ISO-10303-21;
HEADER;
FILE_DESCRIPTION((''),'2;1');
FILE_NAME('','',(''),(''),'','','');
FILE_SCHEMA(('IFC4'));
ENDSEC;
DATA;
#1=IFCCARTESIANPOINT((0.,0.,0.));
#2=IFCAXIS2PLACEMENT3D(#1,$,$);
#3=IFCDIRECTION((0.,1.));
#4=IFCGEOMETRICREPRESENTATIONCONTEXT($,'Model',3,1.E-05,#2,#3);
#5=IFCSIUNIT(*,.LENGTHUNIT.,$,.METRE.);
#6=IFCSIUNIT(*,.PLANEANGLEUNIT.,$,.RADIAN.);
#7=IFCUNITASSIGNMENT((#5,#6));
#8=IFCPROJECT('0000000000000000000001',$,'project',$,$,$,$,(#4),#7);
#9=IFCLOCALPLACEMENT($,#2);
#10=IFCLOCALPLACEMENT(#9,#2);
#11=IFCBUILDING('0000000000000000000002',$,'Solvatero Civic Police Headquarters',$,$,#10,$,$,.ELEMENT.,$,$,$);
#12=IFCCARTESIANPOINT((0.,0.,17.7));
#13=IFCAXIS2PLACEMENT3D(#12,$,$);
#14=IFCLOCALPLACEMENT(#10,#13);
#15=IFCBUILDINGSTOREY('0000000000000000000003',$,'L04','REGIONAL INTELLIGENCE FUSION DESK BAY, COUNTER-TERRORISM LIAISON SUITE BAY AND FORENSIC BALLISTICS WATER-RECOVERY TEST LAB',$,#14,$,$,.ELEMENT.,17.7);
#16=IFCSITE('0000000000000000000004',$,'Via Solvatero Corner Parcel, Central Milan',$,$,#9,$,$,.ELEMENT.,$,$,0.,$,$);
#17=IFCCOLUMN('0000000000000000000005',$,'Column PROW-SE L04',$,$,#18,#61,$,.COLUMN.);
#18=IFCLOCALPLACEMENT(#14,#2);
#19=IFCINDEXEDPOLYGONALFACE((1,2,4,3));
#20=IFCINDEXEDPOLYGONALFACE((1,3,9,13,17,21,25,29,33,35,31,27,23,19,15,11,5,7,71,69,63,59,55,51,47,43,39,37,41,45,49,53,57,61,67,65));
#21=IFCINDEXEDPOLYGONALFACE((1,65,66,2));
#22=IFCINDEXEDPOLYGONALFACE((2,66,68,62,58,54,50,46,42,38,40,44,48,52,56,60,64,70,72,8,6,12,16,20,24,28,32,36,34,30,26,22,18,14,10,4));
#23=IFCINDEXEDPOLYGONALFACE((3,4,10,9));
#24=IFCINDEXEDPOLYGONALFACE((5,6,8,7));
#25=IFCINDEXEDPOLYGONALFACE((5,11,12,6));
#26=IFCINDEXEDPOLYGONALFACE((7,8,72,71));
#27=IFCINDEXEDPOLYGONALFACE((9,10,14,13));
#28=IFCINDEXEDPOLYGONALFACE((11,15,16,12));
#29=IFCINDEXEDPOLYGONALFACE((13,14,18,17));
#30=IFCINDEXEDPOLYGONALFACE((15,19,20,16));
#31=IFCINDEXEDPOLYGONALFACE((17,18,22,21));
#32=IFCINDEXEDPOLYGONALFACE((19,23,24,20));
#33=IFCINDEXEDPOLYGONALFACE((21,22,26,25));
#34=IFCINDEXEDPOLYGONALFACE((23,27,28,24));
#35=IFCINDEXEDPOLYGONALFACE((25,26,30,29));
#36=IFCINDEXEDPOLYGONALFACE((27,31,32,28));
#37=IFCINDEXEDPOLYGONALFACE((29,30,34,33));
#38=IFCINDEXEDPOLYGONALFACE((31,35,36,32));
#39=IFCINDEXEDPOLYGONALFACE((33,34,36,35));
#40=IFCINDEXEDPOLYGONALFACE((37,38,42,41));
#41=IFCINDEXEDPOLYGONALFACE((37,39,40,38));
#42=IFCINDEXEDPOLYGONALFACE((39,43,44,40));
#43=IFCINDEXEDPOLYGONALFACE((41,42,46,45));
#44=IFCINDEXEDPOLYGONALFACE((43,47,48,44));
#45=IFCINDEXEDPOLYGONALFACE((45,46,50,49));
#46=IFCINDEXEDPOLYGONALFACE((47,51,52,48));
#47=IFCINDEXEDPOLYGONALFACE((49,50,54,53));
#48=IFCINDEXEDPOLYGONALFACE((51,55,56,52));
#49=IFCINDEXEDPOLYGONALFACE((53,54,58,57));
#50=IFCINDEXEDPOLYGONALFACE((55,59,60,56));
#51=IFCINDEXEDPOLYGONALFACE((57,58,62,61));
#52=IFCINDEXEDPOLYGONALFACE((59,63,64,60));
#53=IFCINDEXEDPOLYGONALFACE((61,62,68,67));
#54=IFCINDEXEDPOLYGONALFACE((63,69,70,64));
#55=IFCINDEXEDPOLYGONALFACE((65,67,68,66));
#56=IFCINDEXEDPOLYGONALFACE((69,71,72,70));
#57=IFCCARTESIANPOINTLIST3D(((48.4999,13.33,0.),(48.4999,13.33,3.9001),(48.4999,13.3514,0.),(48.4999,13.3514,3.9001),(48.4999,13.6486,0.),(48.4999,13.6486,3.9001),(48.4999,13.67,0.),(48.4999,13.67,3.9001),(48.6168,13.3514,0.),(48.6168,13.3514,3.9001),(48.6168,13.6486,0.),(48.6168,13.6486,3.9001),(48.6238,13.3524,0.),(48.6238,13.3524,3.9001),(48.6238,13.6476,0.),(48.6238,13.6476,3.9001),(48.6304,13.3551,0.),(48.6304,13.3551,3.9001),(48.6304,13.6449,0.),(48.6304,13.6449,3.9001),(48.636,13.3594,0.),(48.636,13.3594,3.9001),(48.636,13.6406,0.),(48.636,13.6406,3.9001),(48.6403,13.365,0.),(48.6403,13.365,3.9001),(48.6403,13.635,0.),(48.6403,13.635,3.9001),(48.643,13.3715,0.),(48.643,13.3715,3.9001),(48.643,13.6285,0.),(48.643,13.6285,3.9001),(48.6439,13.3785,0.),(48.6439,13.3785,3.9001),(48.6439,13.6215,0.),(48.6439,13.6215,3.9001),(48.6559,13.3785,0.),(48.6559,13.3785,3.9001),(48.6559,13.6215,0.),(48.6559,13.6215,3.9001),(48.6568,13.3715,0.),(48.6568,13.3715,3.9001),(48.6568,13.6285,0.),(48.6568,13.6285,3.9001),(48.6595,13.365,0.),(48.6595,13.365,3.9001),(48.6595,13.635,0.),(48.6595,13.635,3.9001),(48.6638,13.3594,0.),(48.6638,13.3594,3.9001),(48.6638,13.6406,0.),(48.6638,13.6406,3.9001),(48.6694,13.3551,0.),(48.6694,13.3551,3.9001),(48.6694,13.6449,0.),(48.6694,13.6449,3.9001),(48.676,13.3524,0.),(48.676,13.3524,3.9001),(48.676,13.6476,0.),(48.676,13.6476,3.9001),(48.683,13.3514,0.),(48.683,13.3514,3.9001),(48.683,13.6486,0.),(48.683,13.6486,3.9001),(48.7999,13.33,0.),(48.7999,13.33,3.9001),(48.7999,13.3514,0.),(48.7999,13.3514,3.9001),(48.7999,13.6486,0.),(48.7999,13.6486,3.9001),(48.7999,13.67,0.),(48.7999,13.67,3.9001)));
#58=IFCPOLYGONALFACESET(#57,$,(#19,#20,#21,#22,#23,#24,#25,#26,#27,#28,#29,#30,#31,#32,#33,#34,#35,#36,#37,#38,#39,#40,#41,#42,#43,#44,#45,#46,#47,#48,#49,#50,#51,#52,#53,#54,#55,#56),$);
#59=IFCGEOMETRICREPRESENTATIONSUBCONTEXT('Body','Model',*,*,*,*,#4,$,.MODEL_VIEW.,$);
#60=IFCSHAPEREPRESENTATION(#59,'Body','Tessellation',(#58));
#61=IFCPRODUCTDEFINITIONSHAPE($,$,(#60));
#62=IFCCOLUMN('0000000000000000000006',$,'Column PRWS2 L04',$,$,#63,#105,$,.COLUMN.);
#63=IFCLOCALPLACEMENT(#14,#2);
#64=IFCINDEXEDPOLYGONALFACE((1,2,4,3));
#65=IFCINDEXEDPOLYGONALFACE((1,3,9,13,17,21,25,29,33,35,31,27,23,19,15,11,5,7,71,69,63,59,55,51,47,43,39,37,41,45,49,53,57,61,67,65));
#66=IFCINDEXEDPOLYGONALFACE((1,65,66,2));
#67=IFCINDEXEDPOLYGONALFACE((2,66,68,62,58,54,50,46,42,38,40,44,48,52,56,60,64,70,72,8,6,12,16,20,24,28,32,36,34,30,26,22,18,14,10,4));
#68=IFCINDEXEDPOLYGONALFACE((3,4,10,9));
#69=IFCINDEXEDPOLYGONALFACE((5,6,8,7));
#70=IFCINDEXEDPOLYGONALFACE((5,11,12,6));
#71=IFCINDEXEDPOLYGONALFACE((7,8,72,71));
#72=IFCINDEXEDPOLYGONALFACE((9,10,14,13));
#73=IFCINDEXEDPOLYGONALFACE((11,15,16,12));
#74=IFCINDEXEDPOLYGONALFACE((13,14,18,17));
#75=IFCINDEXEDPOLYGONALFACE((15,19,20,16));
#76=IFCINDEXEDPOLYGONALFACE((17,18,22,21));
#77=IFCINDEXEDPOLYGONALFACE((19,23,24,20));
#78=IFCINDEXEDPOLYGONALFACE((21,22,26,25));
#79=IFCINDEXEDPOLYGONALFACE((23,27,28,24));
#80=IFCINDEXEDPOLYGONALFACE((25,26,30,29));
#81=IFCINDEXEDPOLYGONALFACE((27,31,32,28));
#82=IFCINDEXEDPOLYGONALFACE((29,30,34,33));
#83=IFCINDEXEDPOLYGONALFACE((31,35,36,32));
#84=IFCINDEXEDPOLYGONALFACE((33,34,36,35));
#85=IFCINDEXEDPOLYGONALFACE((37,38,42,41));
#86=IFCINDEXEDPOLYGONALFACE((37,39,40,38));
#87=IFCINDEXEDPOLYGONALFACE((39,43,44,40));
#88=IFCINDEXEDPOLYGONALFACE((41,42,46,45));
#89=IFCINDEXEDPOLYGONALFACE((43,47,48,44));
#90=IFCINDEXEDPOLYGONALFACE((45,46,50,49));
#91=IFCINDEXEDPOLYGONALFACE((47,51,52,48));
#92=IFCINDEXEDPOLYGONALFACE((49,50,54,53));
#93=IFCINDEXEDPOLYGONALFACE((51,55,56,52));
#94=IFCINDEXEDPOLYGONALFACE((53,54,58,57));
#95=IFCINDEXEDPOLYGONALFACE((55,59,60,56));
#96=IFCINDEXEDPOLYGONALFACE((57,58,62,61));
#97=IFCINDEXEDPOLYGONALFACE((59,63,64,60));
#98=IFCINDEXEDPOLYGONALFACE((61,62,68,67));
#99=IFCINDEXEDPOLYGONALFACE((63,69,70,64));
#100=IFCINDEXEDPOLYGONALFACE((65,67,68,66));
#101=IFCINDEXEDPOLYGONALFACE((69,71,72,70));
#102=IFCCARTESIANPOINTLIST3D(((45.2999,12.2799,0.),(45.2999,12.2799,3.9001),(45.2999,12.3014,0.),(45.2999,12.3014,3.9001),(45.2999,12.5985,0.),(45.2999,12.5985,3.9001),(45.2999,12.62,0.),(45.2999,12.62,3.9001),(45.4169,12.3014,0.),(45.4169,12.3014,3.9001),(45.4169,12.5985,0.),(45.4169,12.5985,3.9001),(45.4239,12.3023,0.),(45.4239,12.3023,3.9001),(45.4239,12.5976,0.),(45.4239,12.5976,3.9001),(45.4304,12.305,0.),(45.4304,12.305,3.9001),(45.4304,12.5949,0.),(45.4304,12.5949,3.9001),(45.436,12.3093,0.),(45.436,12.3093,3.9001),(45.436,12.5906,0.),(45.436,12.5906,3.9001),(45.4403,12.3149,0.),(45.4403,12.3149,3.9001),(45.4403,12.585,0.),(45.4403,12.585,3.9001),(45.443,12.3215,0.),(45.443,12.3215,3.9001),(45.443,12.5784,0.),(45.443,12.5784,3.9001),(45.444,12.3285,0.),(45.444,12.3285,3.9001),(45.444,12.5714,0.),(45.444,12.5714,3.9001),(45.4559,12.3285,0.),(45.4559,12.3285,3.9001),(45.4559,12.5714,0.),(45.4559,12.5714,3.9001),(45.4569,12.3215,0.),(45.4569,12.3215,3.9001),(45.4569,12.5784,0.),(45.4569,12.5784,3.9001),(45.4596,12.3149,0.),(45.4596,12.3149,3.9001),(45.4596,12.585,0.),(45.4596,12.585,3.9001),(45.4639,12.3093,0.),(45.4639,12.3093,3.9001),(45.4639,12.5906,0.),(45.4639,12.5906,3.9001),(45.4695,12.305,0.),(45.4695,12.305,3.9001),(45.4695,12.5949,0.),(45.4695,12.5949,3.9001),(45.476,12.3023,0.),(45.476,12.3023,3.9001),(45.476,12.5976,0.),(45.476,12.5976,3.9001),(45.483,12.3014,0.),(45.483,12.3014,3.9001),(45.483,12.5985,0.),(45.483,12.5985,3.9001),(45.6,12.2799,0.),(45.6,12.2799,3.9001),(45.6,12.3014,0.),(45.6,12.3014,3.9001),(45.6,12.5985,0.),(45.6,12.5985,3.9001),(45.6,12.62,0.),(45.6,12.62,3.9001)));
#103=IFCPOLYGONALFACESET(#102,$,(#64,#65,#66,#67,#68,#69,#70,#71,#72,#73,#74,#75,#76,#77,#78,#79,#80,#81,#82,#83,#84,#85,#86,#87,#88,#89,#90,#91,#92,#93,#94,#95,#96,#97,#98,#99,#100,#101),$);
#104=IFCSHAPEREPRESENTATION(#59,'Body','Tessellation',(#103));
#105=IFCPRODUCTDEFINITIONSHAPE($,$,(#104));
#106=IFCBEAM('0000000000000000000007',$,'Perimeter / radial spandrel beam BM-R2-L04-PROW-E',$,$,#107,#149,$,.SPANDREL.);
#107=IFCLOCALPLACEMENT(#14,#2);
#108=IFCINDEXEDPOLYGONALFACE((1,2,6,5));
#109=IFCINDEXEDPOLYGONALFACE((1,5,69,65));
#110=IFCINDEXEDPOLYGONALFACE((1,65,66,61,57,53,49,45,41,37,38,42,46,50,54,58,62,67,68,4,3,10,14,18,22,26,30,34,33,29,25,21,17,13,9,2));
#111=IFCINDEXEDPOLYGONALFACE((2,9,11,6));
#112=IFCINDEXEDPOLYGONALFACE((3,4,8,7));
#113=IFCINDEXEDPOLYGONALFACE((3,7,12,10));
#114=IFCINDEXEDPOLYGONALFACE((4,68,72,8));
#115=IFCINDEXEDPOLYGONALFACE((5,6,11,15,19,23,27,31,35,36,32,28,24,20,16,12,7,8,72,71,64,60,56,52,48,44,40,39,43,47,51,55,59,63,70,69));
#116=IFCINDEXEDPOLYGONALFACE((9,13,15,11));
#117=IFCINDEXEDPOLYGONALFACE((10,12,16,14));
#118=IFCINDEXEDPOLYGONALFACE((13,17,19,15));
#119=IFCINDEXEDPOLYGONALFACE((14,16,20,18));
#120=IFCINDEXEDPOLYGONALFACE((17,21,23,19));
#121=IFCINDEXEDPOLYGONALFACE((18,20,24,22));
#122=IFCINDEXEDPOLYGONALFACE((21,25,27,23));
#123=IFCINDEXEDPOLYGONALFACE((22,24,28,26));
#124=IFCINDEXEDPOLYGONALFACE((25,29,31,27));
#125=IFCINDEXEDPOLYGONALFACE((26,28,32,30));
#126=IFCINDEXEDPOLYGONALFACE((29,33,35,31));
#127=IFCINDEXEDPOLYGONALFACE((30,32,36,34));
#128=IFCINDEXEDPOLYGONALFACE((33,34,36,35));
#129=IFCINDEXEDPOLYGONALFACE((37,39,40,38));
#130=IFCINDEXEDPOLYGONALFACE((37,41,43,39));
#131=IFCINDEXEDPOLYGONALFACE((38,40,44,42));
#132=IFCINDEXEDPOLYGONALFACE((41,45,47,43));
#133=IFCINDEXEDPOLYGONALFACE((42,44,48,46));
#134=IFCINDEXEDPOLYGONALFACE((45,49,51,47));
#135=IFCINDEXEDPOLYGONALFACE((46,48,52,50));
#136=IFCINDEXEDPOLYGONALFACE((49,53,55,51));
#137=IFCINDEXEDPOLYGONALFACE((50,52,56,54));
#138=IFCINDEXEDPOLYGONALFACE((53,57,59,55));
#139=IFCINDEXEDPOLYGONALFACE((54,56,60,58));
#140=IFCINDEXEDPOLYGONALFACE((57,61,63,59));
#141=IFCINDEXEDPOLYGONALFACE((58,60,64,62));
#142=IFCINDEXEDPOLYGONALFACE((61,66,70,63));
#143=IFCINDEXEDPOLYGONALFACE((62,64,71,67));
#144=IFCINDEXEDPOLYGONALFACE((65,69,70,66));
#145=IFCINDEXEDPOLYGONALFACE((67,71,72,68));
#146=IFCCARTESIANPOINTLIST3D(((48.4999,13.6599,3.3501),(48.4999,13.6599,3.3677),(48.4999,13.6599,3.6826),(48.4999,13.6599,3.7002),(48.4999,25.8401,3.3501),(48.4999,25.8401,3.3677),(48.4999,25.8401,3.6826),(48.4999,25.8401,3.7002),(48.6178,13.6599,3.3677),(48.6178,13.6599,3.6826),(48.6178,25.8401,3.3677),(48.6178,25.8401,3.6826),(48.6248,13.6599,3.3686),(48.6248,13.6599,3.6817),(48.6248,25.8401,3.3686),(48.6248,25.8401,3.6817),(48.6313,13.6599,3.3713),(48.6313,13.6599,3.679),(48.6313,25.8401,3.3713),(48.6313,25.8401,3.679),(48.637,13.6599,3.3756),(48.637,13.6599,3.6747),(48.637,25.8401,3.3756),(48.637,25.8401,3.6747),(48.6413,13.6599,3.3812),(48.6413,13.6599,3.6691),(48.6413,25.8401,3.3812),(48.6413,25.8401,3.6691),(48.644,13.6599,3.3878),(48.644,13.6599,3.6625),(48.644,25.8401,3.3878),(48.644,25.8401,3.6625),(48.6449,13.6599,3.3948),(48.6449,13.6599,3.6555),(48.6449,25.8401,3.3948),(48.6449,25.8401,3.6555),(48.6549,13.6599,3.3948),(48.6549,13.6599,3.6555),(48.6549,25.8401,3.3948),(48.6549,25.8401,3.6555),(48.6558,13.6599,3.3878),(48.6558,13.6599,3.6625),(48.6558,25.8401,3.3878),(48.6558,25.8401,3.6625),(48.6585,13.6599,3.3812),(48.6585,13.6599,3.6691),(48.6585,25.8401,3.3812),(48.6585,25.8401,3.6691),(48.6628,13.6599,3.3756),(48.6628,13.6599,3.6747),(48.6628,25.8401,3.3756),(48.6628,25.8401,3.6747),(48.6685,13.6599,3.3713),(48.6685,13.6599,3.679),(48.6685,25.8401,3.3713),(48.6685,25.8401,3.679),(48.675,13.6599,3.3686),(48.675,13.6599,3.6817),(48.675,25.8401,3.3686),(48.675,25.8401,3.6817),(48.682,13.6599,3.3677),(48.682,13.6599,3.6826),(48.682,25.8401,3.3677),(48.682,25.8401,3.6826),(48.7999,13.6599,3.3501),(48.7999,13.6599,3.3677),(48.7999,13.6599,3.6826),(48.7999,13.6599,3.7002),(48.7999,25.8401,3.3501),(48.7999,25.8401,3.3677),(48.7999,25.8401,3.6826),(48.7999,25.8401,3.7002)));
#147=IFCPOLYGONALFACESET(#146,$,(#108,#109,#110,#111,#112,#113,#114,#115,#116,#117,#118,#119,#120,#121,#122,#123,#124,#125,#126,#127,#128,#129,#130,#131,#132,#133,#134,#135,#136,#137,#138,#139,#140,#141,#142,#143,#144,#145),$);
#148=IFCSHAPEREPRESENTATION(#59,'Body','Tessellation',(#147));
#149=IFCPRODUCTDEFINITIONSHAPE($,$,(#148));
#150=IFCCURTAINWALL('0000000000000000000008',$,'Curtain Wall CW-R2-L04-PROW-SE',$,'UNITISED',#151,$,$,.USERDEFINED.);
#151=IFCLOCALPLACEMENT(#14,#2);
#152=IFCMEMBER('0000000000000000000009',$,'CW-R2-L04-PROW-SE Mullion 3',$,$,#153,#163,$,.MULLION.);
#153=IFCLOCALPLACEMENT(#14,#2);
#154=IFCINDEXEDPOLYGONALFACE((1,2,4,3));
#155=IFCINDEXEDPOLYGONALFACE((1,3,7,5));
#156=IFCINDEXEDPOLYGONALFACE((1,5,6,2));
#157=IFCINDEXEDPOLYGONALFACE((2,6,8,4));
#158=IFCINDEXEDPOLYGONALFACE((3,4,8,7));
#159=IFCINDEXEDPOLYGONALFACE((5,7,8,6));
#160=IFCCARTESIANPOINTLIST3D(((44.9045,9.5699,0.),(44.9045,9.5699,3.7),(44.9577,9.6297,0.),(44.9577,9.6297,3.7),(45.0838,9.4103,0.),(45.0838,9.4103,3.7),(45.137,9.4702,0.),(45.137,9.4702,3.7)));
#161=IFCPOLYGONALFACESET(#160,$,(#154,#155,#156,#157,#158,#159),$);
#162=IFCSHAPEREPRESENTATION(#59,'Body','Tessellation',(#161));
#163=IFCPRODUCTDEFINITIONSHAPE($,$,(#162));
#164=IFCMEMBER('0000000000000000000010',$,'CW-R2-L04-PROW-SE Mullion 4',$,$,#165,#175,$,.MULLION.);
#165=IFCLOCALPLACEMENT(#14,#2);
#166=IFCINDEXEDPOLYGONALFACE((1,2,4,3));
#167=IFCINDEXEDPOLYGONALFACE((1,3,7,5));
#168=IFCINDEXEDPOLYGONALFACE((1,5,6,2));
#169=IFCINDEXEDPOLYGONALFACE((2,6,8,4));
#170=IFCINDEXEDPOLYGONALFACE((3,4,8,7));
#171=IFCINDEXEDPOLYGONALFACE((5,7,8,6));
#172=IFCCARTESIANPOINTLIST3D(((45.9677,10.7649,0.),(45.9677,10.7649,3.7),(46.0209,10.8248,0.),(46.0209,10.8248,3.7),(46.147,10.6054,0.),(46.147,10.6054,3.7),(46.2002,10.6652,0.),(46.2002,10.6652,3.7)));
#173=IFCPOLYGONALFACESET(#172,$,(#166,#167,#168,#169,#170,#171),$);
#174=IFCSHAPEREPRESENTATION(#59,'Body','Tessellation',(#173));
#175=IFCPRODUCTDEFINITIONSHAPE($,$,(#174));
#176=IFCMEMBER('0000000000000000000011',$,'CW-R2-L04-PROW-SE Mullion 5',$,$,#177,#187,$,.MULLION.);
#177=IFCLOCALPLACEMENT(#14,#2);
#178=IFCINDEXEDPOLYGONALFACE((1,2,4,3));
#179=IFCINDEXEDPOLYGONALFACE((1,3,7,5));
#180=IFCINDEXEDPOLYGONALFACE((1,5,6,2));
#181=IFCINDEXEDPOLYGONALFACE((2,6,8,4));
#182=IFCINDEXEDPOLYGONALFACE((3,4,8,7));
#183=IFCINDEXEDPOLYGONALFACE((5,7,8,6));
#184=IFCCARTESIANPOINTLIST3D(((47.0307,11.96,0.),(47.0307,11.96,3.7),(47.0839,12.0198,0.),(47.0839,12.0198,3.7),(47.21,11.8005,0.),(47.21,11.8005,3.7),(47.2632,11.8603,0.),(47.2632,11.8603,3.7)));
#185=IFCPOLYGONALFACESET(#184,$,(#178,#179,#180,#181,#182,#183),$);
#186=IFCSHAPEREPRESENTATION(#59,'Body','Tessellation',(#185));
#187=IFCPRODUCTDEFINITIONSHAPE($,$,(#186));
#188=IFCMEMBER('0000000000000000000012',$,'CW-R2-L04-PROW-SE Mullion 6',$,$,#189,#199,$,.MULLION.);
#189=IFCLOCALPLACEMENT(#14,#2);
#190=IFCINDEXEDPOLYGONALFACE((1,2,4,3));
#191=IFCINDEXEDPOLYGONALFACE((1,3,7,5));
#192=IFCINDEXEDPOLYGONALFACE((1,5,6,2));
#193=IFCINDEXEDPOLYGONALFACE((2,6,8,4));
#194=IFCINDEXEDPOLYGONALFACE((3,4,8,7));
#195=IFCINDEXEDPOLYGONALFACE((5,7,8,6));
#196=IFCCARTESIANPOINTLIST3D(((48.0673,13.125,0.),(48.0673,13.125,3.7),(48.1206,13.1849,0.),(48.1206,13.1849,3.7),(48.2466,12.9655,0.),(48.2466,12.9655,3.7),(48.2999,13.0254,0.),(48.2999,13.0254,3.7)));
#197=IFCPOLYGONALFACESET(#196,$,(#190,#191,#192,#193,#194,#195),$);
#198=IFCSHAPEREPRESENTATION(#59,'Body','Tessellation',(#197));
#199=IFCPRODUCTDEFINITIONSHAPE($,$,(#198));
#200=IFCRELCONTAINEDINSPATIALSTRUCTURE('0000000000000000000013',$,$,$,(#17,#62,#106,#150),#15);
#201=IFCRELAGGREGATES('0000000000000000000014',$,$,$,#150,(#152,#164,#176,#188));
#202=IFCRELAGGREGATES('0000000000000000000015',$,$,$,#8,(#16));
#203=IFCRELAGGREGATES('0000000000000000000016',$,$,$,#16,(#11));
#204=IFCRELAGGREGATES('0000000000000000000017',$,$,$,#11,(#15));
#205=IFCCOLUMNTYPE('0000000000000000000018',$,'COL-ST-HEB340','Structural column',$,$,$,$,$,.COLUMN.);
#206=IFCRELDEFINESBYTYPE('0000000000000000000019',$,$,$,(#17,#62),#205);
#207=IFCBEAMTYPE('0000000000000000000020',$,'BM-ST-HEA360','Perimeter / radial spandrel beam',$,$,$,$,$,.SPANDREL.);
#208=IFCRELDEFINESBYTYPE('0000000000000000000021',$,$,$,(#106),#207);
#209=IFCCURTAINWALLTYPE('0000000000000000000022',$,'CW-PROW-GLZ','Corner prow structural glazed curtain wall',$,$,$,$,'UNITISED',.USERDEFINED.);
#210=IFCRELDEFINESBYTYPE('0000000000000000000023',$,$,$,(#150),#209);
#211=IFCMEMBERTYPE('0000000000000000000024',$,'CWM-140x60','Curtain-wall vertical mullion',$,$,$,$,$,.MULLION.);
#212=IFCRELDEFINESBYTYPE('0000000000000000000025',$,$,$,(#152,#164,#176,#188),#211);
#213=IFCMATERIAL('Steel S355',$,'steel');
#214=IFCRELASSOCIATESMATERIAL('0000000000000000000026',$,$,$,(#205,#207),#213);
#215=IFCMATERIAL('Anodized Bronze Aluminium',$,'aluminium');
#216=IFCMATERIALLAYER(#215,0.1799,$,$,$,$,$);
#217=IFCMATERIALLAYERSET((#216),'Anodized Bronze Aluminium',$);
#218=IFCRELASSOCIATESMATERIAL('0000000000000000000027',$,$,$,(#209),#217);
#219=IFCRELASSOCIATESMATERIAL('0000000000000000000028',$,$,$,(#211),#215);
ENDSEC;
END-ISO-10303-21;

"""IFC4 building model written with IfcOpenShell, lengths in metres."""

from ifc_helpers import new_model, si_unit, direction, frame, origin, origin_2d, place, context, subcontext, project, spatial, rectangle, i_section, extrude, material, layer, layer_set, material_profile, profile_set, type_object, element, aggregate, save


model = new_model("IFC4")

# Units and contexts
model_context = context("Model", 3, precision=1e-05, world=origin(), true_north=direction((0.0, 1.0)))
body_context = subcontext(model_context, "Body", "Model", "MODEL_VIEW")
ifc_project = project(units=[si_unit("LENGTHUNIT", "METRE"), si_unit("PLANEANGLEUNIT", "RADIAN")], contexts=[model_context])

# Site, building, storey
site_placement = place(None, origin())
site = spatial("IfcSite", under=ifc_project, at=site_placement, Name="Via Solvatero Corner Parcel, Central Milan", CompositionType="ELEMENT", RefElevation=0.0)
building_placement = place(site_placement, origin())
building = spatial("IfcBuilding", under=site, at=building_placement, Name="Solvatero Civic Police Headquarters", CompositionType="ELEMENT")
storey_placement = place(building_placement, frame((0.0, 0.0, 17.7)))
storey = spatial("IfcBuildingStorey", under=building, at=storey_placement, Name="L04", Description="REGIONAL INTELLIGENCE FUSION DESK BAY, COUNTER-TERRORISM LIAISON SUITE BAY AND FORENSIC BALLISTICS WATER-RECOVERY TEST LAB", CompositionType="ELEMENT", Elevation=17.7)

# Columns
ifc_material_1 = material(Name="Steel S355", Category="steel")
ifc_material_profile_1 = material_profile(ifc_material_1, i_section(OverallWidth=0.3, OverallDepth=0.3401, WebThickness=0.012, FlangeThickness=0.0215, FilletRadius=0.0271, at=origin_2d()), Name="HEB 340")
ifc_profile_set_1 = profile_set([ifc_material_profile_1], Name="Steel S355")
column_type = type_object("IfcColumnType", Name="COL-ST-HEB340", Description="Structural column", PredefinedType="COLUMN", material=ifc_profile_set_1)
for number, where, z_axis, x_axis, name in (
    (1, (48.6499, 13.5, 0.0), (0.0, 0.0, 1.0), (1.0, 0.0, 0.0), "Column PROW-SE L04"),
    (2, (45.45, 12.45, 0.0), (0.0, 0.0, 1.0), (1.0, 0.0, 0.0), "Column PRWS2 L04"),
):
    element("IfcColumn", number, at=place(storey_placement, frame(where, z_axis=z_axis, x_axis=x_axis)), inside=storey, type_object=column_type, Name=name, PredefinedType="COLUMN", context=body_context, shape_type="SweptSolid", body=[
        extrude(i_section(OverallWidth=0.3, OverallDepth=0.3401, WebThickness=0.012, FlangeThickness=0.0215, FilletRadius=0.0271, at=origin_2d()), origin(), (0.0, 0.0, 1.0), 3.9001),
    ])

# Beam
ifc_material_profile_2 = material_profile(ifc_material_1, i_section(OverallWidth=0.3, OverallDepth=0.3501, WebThickness=0.01, FlangeThickness=0.0176, FilletRadius=0.0271, at=origin_2d()), Name="HEA 360")
ifc_profile_set_2 = profile_set([ifc_material_profile_2], Name="Steel S355")
beam_type = type_object("IfcBeamType", Name="BM-ST-HEA360", Description="Perimeter / radial spandrel beam", PredefinedType="SPANDREL", material=ifc_profile_set_2)
beam_placement = place(storey_placement, frame((48.6499, 13.6599, 3.5251), z_axis=(0.0, 1.0, 0.0), x_axis=(-1.0, 0.0, 0.0)))
element("IfcBeam", 3, at=beam_placement, inside=storey, type_object=beam_type, Name="Perimeter / radial spandrel beam BM-R2-L04-PROW-E", PredefinedType="SPANDREL", context=body_context, shape_type="SweptSolid", body=[
    extrude(i_section(OverallWidth=0.3, OverallDepth=0.3501, WebThickness=0.01, FlangeThickness=0.0176, FilletRadius=0.0271, at=origin_2d()), origin(), (0.0, 0.0, 1.0), 12.1802),
])

# Curtain wall, members
ifc_material_2 = material(Name="Anodized Bronze Aluminium", Category="aluminium")
ifc_layer_1 = layer(ifc_material_2, 0.1799)
ifc_layer_set_1 = layer_set([ifc_layer_1], Name="Anodized Bronze Aluminium")
curtain_wall_type = type_object("IfcCurtainWallType", Name="CW-PROW-GLZ", Description="Corner prow structural glazed curtain wall", ElementType="UNITISED", PredefinedType="USERDEFINED", material=ifc_layer_set_1)
curtain_wall_1_placement = place(storey_placement, origin())
curtain_wall_1 = element("IfcCurtainWall", 4, at=curtain_wall_1_placement, inside=storey, type_object=curtain_wall_type, Name="Curtain Wall CW-R2-L04-PROW-SE", ObjectType="UNITISED", PredefinedType="USERDEFINED")
ifc_material_profile_3 = material_profile(ifc_material_2, rectangle(XDim=0.0801, YDim=0.24, at=origin_2d()), Name="ALU MULLION 80x240")
ifc_profile_set_3 = profile_set([ifc_material_profile_3], Name="Anodized Bronze Aluminium")
member_type_1 = type_object("IfcMemberType", Name="CWM-140x60", Description="Curtain-wall vertical mullion", PredefinedType="MULLION", material=ifc_profile_set_3)
member_1_placement = place(storey_placement, frame((45.0208, 9.52, 0.0), z_axis=(0.0, 0.0, 1.0), x_axis=(0.66467, 0.747137, 0.0)))
member_1 = element("IfcMember", 5, at=member_1_placement, type_object=member_type_1, Name="CW-R2-L04-PROW-SE Mullion 3", PredefinedType="MULLION", context=body_context, shape_type="SweptSolid", body=[
    extrude(rectangle(XDim=0.0801, YDim=0.24, at=origin_2d()), origin(), (0.0, 0.0, 1.0), 3.7),
])
member_2_placement = place(storey_placement, frame((46.084, 10.7151, 0.0), z_axis=(0.0, 0.0, 1.0), x_axis=(0.66467, 0.747137, 0.0)))
member_2 = element("IfcMember", 6, at=member_2_placement, type_object=member_type_1, Name="CW-R2-L04-PROW-SE Mullion 4", PredefinedType="MULLION", context=body_context, shape_type="SweptSolid", body=[
    extrude(rectangle(XDim=0.0801, YDim=0.24, at=origin_2d()), origin(), (0.0, 0.0, 1.0), 3.7),
])
member_3_placement = place(storey_placement, frame((47.147, 11.9102, 0.0), z_axis=(0.0, 0.0, 1.0), x_axis=(0.66467, 0.747137, 0.0)))
member_3 = element("IfcMember", 7, at=member_3_placement, type_object=member_type_1, Name="CW-R2-L04-PROW-SE Mullion 5", PredefinedType="MULLION", context=body_context, shape_type="SweptSolid", body=[
    extrude(rectangle(XDim=0.0801, YDim=0.24, at=origin_2d()), origin(), (0.0, 0.0, 1.0), 3.7),
])
member_4_placement = place(storey_placement, frame((48.1836, 13.0752, 0.0), z_axis=(0.0, 0.0, 1.0), x_axis=(0.66467, 0.747137, 0.0)))
member_4 = element("IfcMember", 8, at=member_4_placement, type_object=member_type_1, Name="CW-R2-L04-PROW-SE Mullion 6", PredefinedType="MULLION", context=body_context, shape_type="SweptSolid", body=[
    extrude(rectangle(XDim=0.0801, YDim=0.24, at=origin_2d()), origin(), (0.0, 0.0, 1.0), 3.7),
])

aggregate(curtain_wall_1, [member_1, member_2, member_3, member_4])

save(model, "model.ifc")
